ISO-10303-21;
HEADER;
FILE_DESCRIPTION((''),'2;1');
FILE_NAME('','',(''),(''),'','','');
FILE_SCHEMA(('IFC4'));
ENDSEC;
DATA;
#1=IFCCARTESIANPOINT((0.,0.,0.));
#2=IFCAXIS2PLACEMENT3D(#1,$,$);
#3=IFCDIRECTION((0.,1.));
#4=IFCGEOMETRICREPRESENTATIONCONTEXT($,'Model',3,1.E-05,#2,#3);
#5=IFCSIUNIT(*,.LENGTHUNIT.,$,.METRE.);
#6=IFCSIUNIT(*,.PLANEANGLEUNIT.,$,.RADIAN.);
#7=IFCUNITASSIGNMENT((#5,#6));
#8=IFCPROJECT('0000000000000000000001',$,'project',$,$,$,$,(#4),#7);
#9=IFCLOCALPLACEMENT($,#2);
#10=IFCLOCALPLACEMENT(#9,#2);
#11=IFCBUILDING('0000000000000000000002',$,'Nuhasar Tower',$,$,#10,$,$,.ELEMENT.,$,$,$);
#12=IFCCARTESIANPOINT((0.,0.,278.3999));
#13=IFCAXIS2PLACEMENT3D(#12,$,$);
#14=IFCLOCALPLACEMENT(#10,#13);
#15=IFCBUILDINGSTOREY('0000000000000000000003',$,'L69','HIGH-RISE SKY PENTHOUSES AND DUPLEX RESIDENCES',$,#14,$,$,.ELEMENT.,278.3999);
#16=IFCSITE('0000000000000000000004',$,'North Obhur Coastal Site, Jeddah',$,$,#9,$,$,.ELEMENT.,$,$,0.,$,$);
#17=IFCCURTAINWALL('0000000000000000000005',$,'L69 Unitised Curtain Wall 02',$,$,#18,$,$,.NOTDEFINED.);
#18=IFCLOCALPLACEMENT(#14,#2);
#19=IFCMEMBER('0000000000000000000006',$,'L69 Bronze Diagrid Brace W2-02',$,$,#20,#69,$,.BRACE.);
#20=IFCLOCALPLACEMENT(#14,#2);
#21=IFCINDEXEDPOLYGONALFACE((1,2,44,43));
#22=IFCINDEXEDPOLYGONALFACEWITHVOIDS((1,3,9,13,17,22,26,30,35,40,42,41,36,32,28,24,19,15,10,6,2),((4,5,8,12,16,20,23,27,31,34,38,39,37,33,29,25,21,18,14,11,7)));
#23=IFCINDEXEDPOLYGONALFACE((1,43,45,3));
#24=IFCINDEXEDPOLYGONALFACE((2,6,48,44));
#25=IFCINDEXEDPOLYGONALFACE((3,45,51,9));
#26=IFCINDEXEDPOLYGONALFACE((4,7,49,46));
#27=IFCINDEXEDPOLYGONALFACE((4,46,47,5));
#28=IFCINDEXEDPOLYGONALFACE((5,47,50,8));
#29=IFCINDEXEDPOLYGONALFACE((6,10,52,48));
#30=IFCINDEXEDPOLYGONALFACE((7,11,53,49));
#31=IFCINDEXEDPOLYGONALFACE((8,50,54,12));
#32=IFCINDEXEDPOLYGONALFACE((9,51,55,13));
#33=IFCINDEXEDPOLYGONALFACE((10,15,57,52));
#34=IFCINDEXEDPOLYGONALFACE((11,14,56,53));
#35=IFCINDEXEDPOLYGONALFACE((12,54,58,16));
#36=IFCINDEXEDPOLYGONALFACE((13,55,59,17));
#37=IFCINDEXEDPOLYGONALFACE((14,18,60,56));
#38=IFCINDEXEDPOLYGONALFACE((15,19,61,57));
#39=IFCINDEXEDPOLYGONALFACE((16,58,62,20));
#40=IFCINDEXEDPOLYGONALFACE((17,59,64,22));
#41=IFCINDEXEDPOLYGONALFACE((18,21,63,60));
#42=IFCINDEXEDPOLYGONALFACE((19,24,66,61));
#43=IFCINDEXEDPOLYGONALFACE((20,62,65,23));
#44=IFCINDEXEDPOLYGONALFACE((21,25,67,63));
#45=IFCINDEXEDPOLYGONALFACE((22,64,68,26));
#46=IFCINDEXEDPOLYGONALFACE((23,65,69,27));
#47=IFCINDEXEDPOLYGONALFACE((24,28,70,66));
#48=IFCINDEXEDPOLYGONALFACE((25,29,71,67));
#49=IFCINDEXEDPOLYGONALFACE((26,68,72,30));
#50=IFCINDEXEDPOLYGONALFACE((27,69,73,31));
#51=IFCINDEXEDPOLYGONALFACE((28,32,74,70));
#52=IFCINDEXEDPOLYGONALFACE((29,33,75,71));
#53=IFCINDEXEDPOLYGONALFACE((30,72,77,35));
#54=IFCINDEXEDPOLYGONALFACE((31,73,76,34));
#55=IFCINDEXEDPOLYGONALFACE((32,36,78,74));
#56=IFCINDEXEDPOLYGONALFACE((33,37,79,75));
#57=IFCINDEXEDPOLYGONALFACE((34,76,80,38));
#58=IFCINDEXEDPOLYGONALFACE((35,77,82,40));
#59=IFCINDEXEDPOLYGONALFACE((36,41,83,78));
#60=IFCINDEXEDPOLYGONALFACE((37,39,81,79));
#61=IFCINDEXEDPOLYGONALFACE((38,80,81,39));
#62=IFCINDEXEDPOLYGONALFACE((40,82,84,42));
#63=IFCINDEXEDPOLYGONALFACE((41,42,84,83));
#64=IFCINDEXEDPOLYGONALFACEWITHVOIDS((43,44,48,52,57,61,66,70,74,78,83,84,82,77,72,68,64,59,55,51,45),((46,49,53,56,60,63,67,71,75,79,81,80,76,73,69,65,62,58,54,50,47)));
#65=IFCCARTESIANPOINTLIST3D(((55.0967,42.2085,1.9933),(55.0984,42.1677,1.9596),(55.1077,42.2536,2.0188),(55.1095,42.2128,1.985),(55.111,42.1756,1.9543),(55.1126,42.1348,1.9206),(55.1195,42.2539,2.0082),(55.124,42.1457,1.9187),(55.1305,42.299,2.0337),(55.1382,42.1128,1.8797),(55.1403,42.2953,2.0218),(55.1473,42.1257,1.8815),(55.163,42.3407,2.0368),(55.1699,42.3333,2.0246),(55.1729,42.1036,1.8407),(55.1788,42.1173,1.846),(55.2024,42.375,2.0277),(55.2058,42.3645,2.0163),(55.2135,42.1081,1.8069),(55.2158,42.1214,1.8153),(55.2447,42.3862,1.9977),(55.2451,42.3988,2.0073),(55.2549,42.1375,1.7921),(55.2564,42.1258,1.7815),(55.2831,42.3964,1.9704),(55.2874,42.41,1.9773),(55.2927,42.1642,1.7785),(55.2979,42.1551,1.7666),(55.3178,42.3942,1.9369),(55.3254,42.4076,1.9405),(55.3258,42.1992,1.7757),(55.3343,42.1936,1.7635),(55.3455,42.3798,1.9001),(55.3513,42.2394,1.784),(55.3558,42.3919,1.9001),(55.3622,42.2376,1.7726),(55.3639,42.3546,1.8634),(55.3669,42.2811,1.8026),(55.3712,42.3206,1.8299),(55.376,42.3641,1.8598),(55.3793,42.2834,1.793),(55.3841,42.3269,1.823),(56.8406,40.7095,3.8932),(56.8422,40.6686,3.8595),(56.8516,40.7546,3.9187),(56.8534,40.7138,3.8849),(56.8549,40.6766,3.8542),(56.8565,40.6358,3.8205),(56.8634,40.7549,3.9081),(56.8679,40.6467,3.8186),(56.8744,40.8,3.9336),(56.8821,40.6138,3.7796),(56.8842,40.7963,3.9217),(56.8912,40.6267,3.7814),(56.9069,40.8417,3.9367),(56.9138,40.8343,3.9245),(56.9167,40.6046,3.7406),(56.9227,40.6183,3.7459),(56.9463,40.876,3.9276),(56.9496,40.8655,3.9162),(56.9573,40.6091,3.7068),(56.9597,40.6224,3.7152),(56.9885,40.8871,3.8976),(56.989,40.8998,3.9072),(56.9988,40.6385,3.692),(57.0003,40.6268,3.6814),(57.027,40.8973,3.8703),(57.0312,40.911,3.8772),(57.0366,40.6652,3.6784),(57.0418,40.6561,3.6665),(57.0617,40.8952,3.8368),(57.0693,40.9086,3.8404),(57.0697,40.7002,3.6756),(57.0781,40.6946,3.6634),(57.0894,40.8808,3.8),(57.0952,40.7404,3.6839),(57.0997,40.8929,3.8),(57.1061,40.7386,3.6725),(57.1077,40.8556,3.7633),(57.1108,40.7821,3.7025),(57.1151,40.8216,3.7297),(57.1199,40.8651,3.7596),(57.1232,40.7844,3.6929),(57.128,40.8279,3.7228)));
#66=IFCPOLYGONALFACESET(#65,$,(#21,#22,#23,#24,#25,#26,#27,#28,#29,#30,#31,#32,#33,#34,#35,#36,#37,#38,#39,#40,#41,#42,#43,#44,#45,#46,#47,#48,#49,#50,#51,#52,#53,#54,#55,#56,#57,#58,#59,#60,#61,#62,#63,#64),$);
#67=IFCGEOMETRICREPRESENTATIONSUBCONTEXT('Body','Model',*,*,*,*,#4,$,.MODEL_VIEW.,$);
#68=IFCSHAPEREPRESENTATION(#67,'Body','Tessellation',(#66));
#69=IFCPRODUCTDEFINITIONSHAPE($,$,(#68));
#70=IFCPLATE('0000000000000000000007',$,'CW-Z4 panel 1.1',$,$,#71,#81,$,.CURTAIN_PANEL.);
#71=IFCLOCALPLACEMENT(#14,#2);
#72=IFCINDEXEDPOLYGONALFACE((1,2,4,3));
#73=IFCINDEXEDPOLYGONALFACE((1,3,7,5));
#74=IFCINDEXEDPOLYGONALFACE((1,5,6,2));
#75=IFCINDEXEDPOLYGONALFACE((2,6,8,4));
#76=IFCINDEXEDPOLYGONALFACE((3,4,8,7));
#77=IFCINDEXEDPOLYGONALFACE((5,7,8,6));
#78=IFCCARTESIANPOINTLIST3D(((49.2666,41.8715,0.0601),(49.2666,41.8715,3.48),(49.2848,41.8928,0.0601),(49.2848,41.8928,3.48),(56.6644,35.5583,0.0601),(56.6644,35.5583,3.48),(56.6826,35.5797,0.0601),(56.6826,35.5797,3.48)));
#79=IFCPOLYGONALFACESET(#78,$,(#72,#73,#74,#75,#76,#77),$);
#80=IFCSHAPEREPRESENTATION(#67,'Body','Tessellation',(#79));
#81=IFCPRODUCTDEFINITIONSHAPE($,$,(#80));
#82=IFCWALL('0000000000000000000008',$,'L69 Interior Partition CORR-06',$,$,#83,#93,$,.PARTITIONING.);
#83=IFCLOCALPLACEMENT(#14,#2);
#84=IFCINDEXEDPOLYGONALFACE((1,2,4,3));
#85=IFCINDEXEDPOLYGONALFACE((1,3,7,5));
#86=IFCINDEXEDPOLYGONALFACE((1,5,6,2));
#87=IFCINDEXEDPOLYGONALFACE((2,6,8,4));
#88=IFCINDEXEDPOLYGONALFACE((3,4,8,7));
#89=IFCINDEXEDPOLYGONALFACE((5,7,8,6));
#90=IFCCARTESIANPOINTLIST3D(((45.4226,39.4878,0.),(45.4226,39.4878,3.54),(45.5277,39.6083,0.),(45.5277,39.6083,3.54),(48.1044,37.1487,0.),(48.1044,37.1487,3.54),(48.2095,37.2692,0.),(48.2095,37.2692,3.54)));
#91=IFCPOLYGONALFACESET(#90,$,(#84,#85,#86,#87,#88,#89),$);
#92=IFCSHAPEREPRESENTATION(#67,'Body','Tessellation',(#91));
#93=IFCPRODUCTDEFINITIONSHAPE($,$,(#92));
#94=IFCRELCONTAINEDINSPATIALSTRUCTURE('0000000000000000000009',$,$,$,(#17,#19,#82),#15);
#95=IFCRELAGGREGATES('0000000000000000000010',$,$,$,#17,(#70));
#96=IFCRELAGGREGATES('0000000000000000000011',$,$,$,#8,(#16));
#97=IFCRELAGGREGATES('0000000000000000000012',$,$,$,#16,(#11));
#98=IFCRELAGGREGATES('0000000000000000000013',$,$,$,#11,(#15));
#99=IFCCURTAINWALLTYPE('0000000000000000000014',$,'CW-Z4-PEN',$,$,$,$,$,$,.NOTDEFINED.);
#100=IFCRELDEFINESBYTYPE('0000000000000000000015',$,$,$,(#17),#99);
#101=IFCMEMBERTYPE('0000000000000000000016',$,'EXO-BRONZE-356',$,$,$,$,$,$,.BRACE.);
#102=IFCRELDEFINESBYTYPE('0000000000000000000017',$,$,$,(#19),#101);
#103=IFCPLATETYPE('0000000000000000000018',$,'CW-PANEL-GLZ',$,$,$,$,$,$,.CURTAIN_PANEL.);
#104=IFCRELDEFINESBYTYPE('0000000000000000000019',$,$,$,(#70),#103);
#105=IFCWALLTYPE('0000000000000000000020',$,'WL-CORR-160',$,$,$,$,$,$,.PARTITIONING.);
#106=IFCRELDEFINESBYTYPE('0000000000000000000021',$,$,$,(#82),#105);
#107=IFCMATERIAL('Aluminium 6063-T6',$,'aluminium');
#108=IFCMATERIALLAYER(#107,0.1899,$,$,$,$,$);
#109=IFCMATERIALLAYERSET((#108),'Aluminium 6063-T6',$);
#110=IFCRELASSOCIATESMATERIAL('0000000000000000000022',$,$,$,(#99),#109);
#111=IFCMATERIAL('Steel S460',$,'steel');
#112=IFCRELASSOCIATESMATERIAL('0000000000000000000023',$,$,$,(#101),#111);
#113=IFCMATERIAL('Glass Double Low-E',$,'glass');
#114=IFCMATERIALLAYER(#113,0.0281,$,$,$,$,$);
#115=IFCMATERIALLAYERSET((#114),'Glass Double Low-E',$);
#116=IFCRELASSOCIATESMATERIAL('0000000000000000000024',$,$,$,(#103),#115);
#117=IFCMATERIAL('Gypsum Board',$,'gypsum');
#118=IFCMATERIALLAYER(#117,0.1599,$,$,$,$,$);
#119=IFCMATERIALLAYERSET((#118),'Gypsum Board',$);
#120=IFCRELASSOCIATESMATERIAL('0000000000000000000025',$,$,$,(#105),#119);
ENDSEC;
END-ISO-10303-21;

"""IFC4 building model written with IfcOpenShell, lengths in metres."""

from ifc_helpers import new_model, si_unit, direction, frame, frame_2d, origin, origin_2d, place, context, subcontext, project, spatial, rectangle, hollow_circle, extrude, material, layer, layer_set, material_profile, profile_set, type_object, element, aggregate, save


model = new_model("IFC4")

# Units and contexts
model_context = context("Model", 3, precision=1e-05, world=origin(), true_north=direction((0.0, 1.0)))
body_context = subcontext(model_context, "Body", "Model", "MODEL_VIEW")
ifc_project = project(units=[si_unit("LENGTHUNIT", "METRE"), si_unit("PLANEANGLEUNIT", "RADIAN")], contexts=[model_context])

# Site, building, storey
site_placement = place(None, origin())
site = spatial("IfcSite", under=ifc_project, at=site_placement, Name="North Obhur Coastal Site, Jeddah", CompositionType="ELEMENT", RefElevation=0.0)
building_placement = place(site_placement, origin())
building = spatial("IfcBuilding", under=site, at=building_placement, Name="Nuhasar Tower", CompositionType="ELEMENT")
storey_placement = place(building_placement, frame((0.0, 0.0, 278.3999)))
storey = spatial("IfcBuildingStorey", under=building, at=storey_placement, Name="L69", Description="HIGH-RISE SKY PENTHOUSES AND DUPLEX RESIDENCES", CompositionType="ELEMENT", Elevation=278.3999)

# Shared definitions
ifc_material_1 = material(Name="Aluminium 6063-T6", Category="aluminium")
ifc_layer_1 = layer(ifc_material_1, 0.1899)
ifc_layer_set_1 = layer_set([ifc_layer_1], Name="Aluminium 6063-T6")
curtain_wall_type = type_object("IfcCurtainWallType", Name="CW-Z4-PEN", PredefinedType="NOTDEFINED", material=ifc_layer_set_1)

# Curtain wall
curtain_wall_1_placement = place(storey_placement, origin())
curtain_wall_1 = element("IfcCurtainWall", 1, at=curtain_wall_1_placement, inside=storey, type_object=curtain_wall_type, Name="L69 Unitised Curtain Wall 02", PredefinedType="NOTDEFINED")

# Member
ifc_material_2 = material(Name="Steel S460", Category="steel")
ifc_material_profile_1 = material_profile(ifc_material_2, hollow_circle(Radius=0.1777, WallThickness=0.0159, at=origin_2d()), Name="HSS355.6X15.9")
ifc_profile_set_1 = profile_set([ifc_material_profile_1], Name="Steel S460")
member_type_1 = type_object("IfcMemberType", Name="EXO-BRONZE-356", PredefinedType="BRACE", material=ifc_profile_set_1)
member_1_placement = place(storey_placement, frame((55.24, 42.2571, 1.9001), z_axis=(0.584625, -0.502534, 0.636925), x_axis=(0.651857, 0.758342, 0.0)))
element("IfcMember", 2, at=member_1_placement, inside=storey, type_object=member_type_1, Name="L69 Bronze Diagrid Brace W2-02", PredefinedType="BRACE", context=body_context, shape_type="SweptSolid", body=[
    extrude(hollow_circle(Radius=0.1777, WallThickness=0.0159, at=origin_2d()), origin(), (0.0, 0.0, 1.0), 2.9829),
])

# Plate
ifc_material_3 = material(Name="Glass Double Low-E", Category="glass")
ifc_layer_2 = layer(ifc_material_3, 0.0281)
ifc_layer_set_2 = layer_set([ifc_layer_2], Name="Glass Double Low-E")
plate_type = type_object("IfcPlateType", Name="CW-PANEL-GLZ", PredefinedType="CURTAIN_PANEL", material=ifc_layer_set_2)
plate_placement = place(storey_placement, frame((52.9746, 38.7256, 0.0601), z_axis=(0.0, 0.0, 1.0), x_axis=(-0.760667, 0.649142, 0.0)))
plate = element("IfcPlate", 3, at=plate_placement, type_object=plate_type, Name="CW-Z4 panel 1.1", PredefinedType="CURTAIN_PANEL", context=body_context, shape_type="SweptSolid", body=[
    extrude(rectangle(XDim=9.7253, YDim=0.0281, at=origin_2d()), origin(), (0.0, 0.0, 1.0), 3.4199),
])
aggregate(curtain_wall_1, [plate])

# Wall
ifc_material_4 = material(Name="Gypsum Board", Category="gypsum")
ifc_layer_3 = layer(ifc_material_4, 0.1599)
ifc_layer_set_3 = layer_set([ifc_layer_3], Name="Gypsum Board")
wall_type = type_object("IfcWallType", Name="WL-CORR-160", PredefinedType="PARTITIONING", material=ifc_layer_set_3)
wall_placement = place(storey_placement, frame((48.157, 37.209, 0.0), z_axis=(0.0, 0.0, 1.0), x_axis=(-0.753625, 0.657304, 0.0)))
element("IfcWall", 4, at=wall_placement, inside=storey, type_object=wall_type, Name="L69 Interior Partition CORR-06", PredefinedType="PARTITIONING", context=body_context, shape_type="SweptSolid", body=[
    extrude(rectangle(XDim=3.5586, YDim=0.1599, at=frame_2d((1.7793, 0.0))), origin(), (0.0, 0.0, 1.0), 3.54),
])

save(model, "model.ifc")
